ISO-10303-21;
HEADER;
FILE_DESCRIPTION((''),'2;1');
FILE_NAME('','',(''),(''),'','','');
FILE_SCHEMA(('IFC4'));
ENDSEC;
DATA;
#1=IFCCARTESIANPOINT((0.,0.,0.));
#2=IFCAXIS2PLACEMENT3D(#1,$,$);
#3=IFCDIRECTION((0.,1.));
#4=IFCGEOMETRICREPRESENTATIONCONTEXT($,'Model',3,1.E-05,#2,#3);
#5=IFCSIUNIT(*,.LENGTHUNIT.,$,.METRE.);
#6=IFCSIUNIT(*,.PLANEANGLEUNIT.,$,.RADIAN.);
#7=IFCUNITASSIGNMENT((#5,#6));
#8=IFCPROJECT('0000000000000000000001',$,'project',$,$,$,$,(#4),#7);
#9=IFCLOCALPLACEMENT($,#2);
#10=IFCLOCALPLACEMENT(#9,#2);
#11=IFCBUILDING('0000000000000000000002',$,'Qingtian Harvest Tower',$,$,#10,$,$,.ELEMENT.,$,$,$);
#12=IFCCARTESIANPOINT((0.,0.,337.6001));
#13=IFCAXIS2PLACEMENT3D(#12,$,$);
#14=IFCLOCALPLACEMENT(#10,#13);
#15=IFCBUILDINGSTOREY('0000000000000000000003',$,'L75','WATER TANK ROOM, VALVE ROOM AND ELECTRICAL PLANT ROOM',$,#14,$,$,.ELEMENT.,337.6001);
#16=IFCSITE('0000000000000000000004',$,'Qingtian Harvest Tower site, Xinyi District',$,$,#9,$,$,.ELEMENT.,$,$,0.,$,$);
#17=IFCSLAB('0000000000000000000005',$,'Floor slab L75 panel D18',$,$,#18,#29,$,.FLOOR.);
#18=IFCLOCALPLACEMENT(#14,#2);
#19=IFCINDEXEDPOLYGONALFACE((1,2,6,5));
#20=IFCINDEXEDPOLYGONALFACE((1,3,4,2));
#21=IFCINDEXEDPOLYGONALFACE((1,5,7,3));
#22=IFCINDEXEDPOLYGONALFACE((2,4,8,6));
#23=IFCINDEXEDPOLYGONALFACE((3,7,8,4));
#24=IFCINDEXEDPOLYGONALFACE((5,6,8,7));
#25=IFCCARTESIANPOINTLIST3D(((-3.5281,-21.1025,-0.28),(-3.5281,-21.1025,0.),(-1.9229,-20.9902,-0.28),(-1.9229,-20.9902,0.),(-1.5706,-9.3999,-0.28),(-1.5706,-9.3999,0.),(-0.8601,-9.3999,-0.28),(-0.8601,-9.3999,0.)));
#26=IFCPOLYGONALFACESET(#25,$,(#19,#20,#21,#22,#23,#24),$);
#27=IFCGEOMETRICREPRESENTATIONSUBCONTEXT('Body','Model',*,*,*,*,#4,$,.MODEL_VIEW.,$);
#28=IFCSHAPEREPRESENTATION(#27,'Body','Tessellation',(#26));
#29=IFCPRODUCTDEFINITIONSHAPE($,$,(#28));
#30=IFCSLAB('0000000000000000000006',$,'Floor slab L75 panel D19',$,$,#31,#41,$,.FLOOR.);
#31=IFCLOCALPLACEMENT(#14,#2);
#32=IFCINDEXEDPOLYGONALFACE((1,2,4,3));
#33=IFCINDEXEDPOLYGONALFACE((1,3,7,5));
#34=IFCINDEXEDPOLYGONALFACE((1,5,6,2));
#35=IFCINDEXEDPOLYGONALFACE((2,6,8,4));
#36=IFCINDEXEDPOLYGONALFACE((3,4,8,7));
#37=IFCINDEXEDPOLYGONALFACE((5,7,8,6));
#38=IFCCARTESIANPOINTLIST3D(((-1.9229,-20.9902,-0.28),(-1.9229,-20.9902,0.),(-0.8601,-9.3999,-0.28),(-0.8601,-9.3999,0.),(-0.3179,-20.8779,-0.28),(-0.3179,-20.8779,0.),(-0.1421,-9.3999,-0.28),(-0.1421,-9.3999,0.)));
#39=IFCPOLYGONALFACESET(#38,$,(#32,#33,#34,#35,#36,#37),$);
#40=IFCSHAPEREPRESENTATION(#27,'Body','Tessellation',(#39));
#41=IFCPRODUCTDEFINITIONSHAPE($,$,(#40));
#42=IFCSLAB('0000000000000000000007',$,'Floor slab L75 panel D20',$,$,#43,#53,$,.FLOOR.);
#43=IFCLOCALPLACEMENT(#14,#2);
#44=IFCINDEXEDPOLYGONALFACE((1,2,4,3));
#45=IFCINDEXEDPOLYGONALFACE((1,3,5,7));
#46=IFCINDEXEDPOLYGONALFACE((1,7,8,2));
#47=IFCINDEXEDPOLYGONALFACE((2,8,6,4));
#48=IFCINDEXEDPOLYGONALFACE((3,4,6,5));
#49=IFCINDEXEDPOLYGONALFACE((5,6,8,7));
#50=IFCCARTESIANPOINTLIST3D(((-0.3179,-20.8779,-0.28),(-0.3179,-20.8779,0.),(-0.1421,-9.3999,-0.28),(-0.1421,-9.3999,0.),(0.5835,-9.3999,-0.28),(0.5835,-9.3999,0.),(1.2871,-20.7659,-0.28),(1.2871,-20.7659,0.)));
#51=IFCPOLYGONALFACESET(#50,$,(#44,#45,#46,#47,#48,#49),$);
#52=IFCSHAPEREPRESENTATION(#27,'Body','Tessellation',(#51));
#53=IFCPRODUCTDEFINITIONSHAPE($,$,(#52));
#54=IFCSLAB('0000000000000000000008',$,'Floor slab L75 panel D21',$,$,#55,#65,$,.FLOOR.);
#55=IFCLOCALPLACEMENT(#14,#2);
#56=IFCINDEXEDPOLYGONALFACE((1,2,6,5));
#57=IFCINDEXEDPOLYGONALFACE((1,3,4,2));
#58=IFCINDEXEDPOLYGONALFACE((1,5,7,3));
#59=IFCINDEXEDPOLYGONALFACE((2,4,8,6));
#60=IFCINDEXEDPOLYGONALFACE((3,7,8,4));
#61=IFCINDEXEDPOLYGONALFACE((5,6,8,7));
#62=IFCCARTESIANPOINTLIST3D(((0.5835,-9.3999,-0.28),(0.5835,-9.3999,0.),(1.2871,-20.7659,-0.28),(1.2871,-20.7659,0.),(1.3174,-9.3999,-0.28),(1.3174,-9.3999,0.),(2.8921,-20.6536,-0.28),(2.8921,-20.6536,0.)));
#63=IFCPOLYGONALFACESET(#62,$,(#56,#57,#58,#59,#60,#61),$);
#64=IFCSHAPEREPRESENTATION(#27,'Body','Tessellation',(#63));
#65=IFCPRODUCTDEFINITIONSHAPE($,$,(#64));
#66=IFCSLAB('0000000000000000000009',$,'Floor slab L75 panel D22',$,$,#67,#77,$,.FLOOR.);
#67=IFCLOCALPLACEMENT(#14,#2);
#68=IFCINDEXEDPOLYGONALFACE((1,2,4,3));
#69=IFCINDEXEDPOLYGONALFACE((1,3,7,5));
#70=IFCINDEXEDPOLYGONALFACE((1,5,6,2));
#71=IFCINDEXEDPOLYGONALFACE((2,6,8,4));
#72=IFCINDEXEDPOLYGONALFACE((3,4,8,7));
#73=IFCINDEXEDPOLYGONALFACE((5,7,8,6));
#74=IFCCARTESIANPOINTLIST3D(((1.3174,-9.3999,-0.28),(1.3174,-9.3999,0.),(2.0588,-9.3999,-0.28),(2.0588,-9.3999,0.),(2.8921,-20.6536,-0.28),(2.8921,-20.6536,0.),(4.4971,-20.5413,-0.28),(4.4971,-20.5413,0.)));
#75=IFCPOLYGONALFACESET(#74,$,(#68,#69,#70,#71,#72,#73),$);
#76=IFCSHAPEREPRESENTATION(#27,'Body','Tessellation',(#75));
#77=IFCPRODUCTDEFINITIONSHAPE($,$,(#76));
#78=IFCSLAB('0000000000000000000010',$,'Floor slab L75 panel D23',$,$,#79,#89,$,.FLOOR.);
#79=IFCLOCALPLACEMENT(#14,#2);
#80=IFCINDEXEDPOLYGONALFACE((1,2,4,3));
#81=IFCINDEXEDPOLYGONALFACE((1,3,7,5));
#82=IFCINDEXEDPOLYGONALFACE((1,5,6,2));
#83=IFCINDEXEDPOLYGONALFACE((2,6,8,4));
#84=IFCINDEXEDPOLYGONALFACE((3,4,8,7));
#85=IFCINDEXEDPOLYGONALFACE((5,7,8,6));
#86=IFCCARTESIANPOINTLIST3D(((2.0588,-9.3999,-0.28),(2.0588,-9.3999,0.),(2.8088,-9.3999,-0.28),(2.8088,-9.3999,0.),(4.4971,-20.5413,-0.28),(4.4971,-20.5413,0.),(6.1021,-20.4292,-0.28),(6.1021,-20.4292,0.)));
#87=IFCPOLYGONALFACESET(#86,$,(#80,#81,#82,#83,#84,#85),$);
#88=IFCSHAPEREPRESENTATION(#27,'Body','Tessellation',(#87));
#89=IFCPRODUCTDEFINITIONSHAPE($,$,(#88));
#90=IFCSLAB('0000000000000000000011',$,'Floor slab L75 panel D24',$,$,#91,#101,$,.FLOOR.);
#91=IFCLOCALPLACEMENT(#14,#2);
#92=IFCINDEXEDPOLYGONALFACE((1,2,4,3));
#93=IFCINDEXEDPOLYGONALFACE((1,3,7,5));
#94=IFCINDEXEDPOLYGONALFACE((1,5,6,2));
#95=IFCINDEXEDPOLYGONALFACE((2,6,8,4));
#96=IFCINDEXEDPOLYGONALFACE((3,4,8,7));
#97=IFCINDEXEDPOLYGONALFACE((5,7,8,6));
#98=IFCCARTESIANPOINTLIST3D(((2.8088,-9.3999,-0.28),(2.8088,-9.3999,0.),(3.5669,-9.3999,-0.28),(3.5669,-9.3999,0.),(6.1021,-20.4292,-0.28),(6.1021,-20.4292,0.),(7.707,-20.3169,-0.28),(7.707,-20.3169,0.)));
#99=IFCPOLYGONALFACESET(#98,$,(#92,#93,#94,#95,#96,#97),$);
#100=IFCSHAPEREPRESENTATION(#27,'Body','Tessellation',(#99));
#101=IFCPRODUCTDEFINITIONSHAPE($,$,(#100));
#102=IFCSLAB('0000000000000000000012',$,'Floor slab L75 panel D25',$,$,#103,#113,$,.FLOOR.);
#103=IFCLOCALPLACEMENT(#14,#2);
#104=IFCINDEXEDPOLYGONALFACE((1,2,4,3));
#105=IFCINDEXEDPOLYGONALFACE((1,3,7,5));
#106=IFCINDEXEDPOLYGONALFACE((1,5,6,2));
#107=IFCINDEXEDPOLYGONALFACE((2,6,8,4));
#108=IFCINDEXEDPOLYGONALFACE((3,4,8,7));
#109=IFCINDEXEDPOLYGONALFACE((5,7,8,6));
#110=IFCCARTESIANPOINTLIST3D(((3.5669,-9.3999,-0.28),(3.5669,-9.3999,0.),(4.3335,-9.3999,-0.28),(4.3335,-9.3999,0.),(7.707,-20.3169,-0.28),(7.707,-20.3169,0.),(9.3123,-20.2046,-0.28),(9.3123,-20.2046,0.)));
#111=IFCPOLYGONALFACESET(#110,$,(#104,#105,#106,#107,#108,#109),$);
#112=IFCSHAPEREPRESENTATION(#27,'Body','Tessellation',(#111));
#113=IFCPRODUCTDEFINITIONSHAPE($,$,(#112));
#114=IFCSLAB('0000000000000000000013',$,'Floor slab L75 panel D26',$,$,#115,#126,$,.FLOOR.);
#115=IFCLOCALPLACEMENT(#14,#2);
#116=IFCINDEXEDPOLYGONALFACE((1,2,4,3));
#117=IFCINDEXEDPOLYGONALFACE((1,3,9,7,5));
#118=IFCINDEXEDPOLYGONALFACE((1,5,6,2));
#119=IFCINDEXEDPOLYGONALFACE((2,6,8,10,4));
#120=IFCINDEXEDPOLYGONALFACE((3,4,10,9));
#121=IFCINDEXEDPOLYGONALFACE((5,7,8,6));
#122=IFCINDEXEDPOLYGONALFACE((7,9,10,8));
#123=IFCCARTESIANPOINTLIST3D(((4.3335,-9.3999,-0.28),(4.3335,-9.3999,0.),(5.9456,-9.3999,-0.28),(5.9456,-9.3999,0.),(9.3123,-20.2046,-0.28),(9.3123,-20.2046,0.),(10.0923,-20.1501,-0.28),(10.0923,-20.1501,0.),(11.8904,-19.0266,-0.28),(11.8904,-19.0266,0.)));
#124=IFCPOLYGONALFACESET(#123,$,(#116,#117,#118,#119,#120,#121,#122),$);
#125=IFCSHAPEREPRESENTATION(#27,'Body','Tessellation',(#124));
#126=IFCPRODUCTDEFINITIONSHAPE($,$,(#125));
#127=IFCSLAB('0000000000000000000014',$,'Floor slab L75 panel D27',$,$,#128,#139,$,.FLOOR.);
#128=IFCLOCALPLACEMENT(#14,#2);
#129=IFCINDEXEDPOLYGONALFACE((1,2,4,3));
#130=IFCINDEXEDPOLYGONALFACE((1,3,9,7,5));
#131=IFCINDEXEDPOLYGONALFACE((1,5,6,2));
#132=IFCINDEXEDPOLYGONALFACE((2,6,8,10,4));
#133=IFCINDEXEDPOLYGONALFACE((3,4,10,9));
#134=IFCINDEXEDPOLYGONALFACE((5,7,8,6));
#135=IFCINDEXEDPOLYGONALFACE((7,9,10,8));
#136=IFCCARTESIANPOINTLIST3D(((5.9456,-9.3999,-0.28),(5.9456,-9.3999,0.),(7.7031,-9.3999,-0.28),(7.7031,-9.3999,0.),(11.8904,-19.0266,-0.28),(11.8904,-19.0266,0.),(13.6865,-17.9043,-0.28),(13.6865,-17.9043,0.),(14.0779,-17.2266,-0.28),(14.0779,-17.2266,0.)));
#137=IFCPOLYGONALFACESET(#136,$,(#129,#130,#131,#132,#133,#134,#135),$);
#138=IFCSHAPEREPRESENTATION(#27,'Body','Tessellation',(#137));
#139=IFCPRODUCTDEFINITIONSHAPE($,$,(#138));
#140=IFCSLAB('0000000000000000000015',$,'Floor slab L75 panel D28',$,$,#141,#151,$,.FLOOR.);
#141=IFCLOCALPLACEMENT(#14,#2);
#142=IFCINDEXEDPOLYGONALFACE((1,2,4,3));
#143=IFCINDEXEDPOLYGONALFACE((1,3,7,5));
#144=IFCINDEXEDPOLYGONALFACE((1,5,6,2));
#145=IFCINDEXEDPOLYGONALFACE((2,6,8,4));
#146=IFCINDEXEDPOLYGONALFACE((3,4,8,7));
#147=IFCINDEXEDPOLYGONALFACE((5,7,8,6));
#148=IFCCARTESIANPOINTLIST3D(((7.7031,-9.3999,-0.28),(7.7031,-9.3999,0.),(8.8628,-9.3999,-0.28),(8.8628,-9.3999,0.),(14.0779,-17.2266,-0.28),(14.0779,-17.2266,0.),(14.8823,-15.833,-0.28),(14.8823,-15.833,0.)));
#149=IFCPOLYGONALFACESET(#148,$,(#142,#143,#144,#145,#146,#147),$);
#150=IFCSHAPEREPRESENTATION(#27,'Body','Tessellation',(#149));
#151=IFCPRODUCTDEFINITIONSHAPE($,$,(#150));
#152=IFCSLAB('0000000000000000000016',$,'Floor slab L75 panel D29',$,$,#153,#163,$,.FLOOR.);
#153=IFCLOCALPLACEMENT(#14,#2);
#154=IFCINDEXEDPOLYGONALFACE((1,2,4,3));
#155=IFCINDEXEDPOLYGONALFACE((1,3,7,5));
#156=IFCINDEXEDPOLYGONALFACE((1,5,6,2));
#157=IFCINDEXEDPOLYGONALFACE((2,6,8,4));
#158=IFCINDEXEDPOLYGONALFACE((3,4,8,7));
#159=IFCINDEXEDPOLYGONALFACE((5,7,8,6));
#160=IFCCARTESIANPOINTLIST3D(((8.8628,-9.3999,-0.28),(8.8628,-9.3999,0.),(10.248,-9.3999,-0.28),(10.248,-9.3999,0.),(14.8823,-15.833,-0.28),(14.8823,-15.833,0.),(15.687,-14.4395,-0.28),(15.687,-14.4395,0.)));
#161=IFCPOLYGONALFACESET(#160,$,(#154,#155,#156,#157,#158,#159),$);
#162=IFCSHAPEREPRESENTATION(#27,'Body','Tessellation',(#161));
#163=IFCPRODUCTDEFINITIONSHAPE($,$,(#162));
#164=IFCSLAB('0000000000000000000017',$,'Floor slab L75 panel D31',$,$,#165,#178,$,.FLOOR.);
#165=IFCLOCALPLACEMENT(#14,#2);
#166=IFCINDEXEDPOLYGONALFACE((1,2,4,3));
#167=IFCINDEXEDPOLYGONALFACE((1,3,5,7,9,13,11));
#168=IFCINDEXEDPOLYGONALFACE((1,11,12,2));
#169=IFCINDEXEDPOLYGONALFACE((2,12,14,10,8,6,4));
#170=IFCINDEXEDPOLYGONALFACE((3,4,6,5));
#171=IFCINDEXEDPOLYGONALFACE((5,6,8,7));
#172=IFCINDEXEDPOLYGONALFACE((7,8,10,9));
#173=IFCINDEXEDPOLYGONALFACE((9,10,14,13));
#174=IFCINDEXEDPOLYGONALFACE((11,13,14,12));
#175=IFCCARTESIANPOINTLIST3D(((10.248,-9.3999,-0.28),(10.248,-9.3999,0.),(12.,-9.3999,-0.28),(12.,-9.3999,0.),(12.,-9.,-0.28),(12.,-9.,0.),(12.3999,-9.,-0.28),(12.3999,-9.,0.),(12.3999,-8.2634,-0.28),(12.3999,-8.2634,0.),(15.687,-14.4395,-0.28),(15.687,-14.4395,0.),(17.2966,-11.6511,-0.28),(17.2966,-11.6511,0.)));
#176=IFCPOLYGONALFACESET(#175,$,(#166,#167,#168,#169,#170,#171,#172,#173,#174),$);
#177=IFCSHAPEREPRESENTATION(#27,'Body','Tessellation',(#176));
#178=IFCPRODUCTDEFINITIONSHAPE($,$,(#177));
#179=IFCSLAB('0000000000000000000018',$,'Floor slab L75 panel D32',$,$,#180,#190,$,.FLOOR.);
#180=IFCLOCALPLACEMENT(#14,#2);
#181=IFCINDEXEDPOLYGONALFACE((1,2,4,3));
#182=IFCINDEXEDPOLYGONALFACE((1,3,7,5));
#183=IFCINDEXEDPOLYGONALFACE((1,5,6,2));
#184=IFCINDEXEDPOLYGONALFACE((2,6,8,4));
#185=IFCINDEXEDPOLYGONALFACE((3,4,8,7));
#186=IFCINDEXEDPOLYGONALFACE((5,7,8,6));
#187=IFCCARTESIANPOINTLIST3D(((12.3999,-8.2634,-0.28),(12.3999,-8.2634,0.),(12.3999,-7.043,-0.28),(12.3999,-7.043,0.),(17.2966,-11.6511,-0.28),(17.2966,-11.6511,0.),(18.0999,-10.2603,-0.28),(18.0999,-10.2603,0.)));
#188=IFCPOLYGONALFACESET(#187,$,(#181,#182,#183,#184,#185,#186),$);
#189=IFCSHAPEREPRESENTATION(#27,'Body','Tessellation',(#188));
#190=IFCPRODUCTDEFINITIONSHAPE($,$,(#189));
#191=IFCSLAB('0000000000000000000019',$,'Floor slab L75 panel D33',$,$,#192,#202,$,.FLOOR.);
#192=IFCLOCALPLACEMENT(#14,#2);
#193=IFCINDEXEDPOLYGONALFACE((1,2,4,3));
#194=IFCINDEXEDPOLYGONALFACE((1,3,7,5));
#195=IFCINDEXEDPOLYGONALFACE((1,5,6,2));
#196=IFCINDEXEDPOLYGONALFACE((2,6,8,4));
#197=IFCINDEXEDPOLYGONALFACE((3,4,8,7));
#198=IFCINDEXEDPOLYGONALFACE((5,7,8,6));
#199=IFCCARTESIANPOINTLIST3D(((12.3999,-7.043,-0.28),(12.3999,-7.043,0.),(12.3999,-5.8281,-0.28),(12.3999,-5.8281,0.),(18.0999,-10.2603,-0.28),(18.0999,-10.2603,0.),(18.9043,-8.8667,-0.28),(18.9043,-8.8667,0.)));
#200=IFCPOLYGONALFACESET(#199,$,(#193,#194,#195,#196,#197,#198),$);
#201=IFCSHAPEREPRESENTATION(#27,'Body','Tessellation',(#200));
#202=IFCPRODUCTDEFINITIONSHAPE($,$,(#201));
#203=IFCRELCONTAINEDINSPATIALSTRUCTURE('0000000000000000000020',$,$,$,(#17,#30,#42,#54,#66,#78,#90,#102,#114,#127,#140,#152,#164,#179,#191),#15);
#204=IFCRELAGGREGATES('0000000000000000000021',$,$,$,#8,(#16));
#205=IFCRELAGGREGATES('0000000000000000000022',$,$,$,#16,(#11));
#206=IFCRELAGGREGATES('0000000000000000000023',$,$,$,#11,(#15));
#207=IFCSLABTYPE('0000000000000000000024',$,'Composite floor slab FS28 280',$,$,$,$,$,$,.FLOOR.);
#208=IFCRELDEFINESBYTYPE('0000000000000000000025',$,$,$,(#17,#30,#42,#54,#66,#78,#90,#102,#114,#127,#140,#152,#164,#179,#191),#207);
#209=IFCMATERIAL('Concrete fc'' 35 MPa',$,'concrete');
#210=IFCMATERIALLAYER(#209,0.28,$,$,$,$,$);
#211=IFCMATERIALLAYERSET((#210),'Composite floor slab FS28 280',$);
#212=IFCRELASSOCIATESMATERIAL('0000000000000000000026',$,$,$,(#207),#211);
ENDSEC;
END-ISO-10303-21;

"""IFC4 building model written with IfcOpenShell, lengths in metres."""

from ifc_helpers import new_model, si_unit, direction, frame, origin, place, context, subcontext, project, spatial, polyline, outline, extrude, material, layer, layer_set, type_object, element, save


model = new_model("IFC4")

# Units and contexts
model_context = context("Model", 3, precision=1e-05, world=origin(), true_north=direction((0.0, 1.0)))
body_context = subcontext(model_context, "Body", "Model", "MODEL_VIEW")
ifc_project = project(units=[si_unit("LENGTHUNIT", "METRE"), si_unit("PLANEANGLEUNIT", "RADIAN")], contexts=[model_context])

# Site, building, storey
site_placement = place(None, origin())
site = spatial("IfcSite", under=ifc_project, at=site_placement, Name="Qingtian Harvest Tower site, Xinyi District", CompositionType="ELEMENT", RefElevation=0.0)
building_placement = place(site_placement, origin())
building = spatial("IfcBuilding", under=site, at=building_placement, Name="Qingtian Harvest Tower", CompositionType="ELEMENT")
storey_placement = place(building_placement, frame((0.0, 0.0, 337.6001)))
storey = spatial("IfcBuildingStorey", under=building, at=storey_placement, Name="L75", Description="WATER TANK ROOM, VALVE ROOM AND ELECTRICAL PLANT ROOM", CompositionType="ELEMENT", Elevation=337.6001)

# Slabs
ifc_material_1 = material(Name="Concrete fc' 35 MPa", Category="concrete")
ifc_layer_1 = layer(ifc_material_1, 0.28)
ifc_layer_set_1 = layer_set([ifc_layer_1], Name="Composite floor slab FS28 280")
slab_type = type_object("IfcSlabType", Name="Composite floor slab FS28 280", PredefinedType="FLOOR", material=ifc_layer_set_1)
slab_1_placement = place(storey_placement, frame((0.0, 0.0, -0.28)))
element("IfcSlab", 1, at=slab_1_placement, inside=storey, type_object=slab_type, Name="Floor slab L75 panel D18", PredefinedType="FLOOR", context=body_context, shape_type="SweptSolid", body=[
    extrude(outline(polyline([(-0.8601, -9.3999), (-1.9229, -20.9902), (-3.5281, -21.1025), (-1.5706, -9.3999), (-0.8601, -9.3999)])), origin(), (0.0, 0.0, 1.0), 0.28),
])
slab_2_placement = place(storey_placement, frame((0.0, 0.0, -0.28)))
element("IfcSlab", 2, at=slab_2_placement, inside=storey, type_object=slab_type, Name="Floor slab L75 panel D19", PredefinedType="FLOOR", context=body_context, shape_type="SweptSolid", body=[
    extrude(outline(polyline([(-0.1421, -9.3999), (-0.3179, -20.8779), (-1.9229, -20.9902), (-0.8601, -9.3999), (-0.1421, -9.3999)])), origin(), (0.0, 0.0, 1.0), 0.28),
])
slab_3_placement = place(storey_placement, frame((0.0, 0.0, -0.28)))
element("IfcSlab", 3, at=slab_3_placement, inside=storey, type_object=slab_type, Name="Floor slab L75 panel D20", PredefinedType="FLOOR", context=body_context, shape_type="SweptSolid", body=[
    extrude(outline(polyline([(0.5835, -9.3999), (1.2871, -20.7659), (-0.3179, -20.8779), (-0.1421, -9.3999), (0.5835, -9.3999)])), origin(), (0.0, 0.0, 1.0), 0.28),
])
slab_4_placement = place(storey_placement, frame((0.0, 0.0, -0.28)))
element("IfcSlab", 4, at=slab_4_placement, inside=storey, type_object=slab_type, Name="Floor slab L75 panel D21", PredefinedType="FLOOR", context=body_context, shape_type="SweptSolid", body=[
    extrude(outline(polyline([(1.3174, -9.3999), (2.8921, -20.6536), (1.2871, -20.7659), (0.5835, -9.3999), (1.3174, -9.3999)])), origin(), (0.0, 0.0, 1.0), 0.28),
])
slab_5_placement = place(storey_placement, frame((0.0, 0.0, -0.28)))
element("IfcSlab", 5, at=slab_5_placement, inside=storey, type_object=slab_type, Name="Floor slab L75 panel D22", PredefinedType="FLOOR", context=body_context, shape_type="SweptSolid", body=[
    extrude(outline(polyline([(2.0588, -9.3999), (4.4971, -20.5413), (2.8921, -20.6536), (1.3174, -9.3999), (2.0588, -9.3999)])), origin(), (0.0, 0.0, 1.0), 0.28),
])
slab_6_placement = place(storey_placement, frame((0.0, 0.0, -0.28)))
element("IfcSlab", 6, at=slab_6_placement, inside=storey, type_object=slab_type, Name="Floor slab L75 panel D23", PredefinedType="FLOOR", context=body_context, shape_type="SweptSolid", body=[
    extrude(outline(polyline([(2.8088, -9.3999), (6.1021, -20.4292), (4.4971, -20.5413), (2.0588, -9.3999), (2.8088, -9.3999)])), origin(), (0.0, 0.0, 1.0), 0.28),
])
slab_7_placement = place(storey_placement, frame((0.0, 0.0, -0.28)))
element("IfcSlab", 7, at=slab_7_placement, inside=storey, type_object=slab_type, Name="Floor slab L75 panel D24", PredefinedType="FLOOR", context=body_context, shape_type="SweptSolid", body=[
    extrude(outline(polyline([(3.5669, -9.3999), (7.707, -20.3169), (6.1021, -20.4292), (2.8088, -9.3999), (3.5669, -9.3999)])), origin(), (0.0, 0.0, 1.0), 0.28),
])
slab_8_placement = place(storey_placement, frame((0.0, 0.0, -0.28)))
element("IfcSlab", 8, at=slab_8_placement, inside=storey, type_object=slab_type, Name="Floor slab L75 panel D25", PredefinedType="FLOOR", context=body_context, shape_type="SweptSolid", body=[
    extrude(outline(polyline([(4.3335, -9.3999), (9.3123, -20.2046), (7.707, -20.3169), (3.5669, -9.3999), (4.3335, -9.3999)])), origin(), (0.0, 0.0, 1.0), 0.28),
])
slab_9_placement = place(storey_placement, frame((0.0, 0.0, -0.28)))
element("IfcSlab", 9, at=slab_9_placement, inside=storey, type_object=slab_type, Name="Floor slab L75 panel D26", PredefinedType="FLOOR", context=body_context, shape_type="SweptSolid", body=[
    extrude(outline(polyline([(4.3335, -9.3999), (5.9456, -9.3999), (11.8904, -19.0266), (10.0923, -20.1501), (9.3123, -20.2046), (4.3335, -9.3999)])), origin(), (0.0, 0.0, 1.0), 0.28),
])
slab_10_placement = place(storey_placement, frame((0.0, 0.0, -0.28)))
element("IfcSlab", 10, at=slab_10_placement, inside=storey, type_object=slab_type, Name="Floor slab L75 panel D27", PredefinedType="FLOOR", context=body_context, shape_type="SweptSolid", body=[
    extrude(outline(polyline([(5.9456, -9.3999), (7.7031, -9.3999), (14.0779, -17.2266), (13.6865, -17.9043), (11.8904, -19.0266), (5.9456, -9.3999)])), origin(), (0.0, 0.0, 1.0), 0.28),
])
slab_11_placement = place(storey_placement, frame((0.0, 0.0, -0.28)))
element("IfcSlab", 11, at=slab_11_placement, inside=storey, type_object=slab_type, Name="Floor slab L75 panel D28", PredefinedType="FLOOR", context=body_context, shape_type="SweptSolid", body=[
    extrude(outline(polyline([(8.8628, -9.3999), (14.8823, -15.833), (14.0779, -17.2266), (7.7031, -9.3999), (8.8628, -9.3999)])), origin(), (0.0, 0.0, 1.0), 0.28),
])
slab_12_placement = place(storey_placement, frame((0.0, 0.0, -0.28)))
element("IfcSlab", 12, at=slab_12_placement, inside=storey, type_object=slab_type, Name="Floor slab L75 panel D29", PredefinedType="FLOOR", context=body_context, shape_type="SweptSolid", body=[
    extrude(outline(polyline([(10.248, -9.3999), (15.687, -14.4395), (14.8823, -15.833), (8.8628, -9.3999), (10.248, -9.3999)])), origin(), (0.0, 0.0, 1.0), 0.28),
])
slab_13_placement = place(storey_placement, frame((0.0, 0.0, -0.28)))
element("IfcSlab", 13, at=slab_13_placement, inside=storey, type_object=slab_type, Name="Floor slab L75 panel D31", PredefinedType="FLOOR", context=body_context, shape_type="SweptSolid", body=[
    extrude(outline(polyline([(12.3999, -8.2634), (17.2966, -11.6511), (15.687, -14.4395), (10.248, -9.3999), (12.0, -9.3999), (12.0, -9.0), (12.3999, -9.0), (12.3999, -8.2634)])), origin(), (0.0, 0.0, 1.0), 0.28),
])
slab_14_placement = place(storey_placement, frame((0.0, 0.0, -0.28)))
element("IfcSlab", 14, at=slab_14_placement, inside=storey, type_object=slab_type, Name="Floor slab L75 panel D32", PredefinedType="FLOOR", context=body_context, shape_type="SweptSolid", body=[
    extrude(outline(polyline([(12.3999, -7.043), (18.0999, -10.2603), (17.2966, -11.6511), (12.3999, -8.2634), (12.3999, -7.043)])), origin(), (0.0, 0.0, 1.0), 0.28),
])
slab_15_placement = place(storey_placement, frame((0.0, 0.0, -0.28)))
element("IfcSlab", 15, at=slab_15_placement, inside=storey, type_object=slab_type, Name="Floor slab L75 panel D33", PredefinedType="FLOOR", context=body_context, shape_type="SweptSolid", body=[
    extrude(outline(polyline([(12.3999, -5.8281), (18.9043, -8.8667), (18.0999, -10.2603), (12.3999, -7.043), (12.3999, -5.8281)])), origin(), (0.0, 0.0, 1.0), 0.28),
])

save(model, "model.ifc")
